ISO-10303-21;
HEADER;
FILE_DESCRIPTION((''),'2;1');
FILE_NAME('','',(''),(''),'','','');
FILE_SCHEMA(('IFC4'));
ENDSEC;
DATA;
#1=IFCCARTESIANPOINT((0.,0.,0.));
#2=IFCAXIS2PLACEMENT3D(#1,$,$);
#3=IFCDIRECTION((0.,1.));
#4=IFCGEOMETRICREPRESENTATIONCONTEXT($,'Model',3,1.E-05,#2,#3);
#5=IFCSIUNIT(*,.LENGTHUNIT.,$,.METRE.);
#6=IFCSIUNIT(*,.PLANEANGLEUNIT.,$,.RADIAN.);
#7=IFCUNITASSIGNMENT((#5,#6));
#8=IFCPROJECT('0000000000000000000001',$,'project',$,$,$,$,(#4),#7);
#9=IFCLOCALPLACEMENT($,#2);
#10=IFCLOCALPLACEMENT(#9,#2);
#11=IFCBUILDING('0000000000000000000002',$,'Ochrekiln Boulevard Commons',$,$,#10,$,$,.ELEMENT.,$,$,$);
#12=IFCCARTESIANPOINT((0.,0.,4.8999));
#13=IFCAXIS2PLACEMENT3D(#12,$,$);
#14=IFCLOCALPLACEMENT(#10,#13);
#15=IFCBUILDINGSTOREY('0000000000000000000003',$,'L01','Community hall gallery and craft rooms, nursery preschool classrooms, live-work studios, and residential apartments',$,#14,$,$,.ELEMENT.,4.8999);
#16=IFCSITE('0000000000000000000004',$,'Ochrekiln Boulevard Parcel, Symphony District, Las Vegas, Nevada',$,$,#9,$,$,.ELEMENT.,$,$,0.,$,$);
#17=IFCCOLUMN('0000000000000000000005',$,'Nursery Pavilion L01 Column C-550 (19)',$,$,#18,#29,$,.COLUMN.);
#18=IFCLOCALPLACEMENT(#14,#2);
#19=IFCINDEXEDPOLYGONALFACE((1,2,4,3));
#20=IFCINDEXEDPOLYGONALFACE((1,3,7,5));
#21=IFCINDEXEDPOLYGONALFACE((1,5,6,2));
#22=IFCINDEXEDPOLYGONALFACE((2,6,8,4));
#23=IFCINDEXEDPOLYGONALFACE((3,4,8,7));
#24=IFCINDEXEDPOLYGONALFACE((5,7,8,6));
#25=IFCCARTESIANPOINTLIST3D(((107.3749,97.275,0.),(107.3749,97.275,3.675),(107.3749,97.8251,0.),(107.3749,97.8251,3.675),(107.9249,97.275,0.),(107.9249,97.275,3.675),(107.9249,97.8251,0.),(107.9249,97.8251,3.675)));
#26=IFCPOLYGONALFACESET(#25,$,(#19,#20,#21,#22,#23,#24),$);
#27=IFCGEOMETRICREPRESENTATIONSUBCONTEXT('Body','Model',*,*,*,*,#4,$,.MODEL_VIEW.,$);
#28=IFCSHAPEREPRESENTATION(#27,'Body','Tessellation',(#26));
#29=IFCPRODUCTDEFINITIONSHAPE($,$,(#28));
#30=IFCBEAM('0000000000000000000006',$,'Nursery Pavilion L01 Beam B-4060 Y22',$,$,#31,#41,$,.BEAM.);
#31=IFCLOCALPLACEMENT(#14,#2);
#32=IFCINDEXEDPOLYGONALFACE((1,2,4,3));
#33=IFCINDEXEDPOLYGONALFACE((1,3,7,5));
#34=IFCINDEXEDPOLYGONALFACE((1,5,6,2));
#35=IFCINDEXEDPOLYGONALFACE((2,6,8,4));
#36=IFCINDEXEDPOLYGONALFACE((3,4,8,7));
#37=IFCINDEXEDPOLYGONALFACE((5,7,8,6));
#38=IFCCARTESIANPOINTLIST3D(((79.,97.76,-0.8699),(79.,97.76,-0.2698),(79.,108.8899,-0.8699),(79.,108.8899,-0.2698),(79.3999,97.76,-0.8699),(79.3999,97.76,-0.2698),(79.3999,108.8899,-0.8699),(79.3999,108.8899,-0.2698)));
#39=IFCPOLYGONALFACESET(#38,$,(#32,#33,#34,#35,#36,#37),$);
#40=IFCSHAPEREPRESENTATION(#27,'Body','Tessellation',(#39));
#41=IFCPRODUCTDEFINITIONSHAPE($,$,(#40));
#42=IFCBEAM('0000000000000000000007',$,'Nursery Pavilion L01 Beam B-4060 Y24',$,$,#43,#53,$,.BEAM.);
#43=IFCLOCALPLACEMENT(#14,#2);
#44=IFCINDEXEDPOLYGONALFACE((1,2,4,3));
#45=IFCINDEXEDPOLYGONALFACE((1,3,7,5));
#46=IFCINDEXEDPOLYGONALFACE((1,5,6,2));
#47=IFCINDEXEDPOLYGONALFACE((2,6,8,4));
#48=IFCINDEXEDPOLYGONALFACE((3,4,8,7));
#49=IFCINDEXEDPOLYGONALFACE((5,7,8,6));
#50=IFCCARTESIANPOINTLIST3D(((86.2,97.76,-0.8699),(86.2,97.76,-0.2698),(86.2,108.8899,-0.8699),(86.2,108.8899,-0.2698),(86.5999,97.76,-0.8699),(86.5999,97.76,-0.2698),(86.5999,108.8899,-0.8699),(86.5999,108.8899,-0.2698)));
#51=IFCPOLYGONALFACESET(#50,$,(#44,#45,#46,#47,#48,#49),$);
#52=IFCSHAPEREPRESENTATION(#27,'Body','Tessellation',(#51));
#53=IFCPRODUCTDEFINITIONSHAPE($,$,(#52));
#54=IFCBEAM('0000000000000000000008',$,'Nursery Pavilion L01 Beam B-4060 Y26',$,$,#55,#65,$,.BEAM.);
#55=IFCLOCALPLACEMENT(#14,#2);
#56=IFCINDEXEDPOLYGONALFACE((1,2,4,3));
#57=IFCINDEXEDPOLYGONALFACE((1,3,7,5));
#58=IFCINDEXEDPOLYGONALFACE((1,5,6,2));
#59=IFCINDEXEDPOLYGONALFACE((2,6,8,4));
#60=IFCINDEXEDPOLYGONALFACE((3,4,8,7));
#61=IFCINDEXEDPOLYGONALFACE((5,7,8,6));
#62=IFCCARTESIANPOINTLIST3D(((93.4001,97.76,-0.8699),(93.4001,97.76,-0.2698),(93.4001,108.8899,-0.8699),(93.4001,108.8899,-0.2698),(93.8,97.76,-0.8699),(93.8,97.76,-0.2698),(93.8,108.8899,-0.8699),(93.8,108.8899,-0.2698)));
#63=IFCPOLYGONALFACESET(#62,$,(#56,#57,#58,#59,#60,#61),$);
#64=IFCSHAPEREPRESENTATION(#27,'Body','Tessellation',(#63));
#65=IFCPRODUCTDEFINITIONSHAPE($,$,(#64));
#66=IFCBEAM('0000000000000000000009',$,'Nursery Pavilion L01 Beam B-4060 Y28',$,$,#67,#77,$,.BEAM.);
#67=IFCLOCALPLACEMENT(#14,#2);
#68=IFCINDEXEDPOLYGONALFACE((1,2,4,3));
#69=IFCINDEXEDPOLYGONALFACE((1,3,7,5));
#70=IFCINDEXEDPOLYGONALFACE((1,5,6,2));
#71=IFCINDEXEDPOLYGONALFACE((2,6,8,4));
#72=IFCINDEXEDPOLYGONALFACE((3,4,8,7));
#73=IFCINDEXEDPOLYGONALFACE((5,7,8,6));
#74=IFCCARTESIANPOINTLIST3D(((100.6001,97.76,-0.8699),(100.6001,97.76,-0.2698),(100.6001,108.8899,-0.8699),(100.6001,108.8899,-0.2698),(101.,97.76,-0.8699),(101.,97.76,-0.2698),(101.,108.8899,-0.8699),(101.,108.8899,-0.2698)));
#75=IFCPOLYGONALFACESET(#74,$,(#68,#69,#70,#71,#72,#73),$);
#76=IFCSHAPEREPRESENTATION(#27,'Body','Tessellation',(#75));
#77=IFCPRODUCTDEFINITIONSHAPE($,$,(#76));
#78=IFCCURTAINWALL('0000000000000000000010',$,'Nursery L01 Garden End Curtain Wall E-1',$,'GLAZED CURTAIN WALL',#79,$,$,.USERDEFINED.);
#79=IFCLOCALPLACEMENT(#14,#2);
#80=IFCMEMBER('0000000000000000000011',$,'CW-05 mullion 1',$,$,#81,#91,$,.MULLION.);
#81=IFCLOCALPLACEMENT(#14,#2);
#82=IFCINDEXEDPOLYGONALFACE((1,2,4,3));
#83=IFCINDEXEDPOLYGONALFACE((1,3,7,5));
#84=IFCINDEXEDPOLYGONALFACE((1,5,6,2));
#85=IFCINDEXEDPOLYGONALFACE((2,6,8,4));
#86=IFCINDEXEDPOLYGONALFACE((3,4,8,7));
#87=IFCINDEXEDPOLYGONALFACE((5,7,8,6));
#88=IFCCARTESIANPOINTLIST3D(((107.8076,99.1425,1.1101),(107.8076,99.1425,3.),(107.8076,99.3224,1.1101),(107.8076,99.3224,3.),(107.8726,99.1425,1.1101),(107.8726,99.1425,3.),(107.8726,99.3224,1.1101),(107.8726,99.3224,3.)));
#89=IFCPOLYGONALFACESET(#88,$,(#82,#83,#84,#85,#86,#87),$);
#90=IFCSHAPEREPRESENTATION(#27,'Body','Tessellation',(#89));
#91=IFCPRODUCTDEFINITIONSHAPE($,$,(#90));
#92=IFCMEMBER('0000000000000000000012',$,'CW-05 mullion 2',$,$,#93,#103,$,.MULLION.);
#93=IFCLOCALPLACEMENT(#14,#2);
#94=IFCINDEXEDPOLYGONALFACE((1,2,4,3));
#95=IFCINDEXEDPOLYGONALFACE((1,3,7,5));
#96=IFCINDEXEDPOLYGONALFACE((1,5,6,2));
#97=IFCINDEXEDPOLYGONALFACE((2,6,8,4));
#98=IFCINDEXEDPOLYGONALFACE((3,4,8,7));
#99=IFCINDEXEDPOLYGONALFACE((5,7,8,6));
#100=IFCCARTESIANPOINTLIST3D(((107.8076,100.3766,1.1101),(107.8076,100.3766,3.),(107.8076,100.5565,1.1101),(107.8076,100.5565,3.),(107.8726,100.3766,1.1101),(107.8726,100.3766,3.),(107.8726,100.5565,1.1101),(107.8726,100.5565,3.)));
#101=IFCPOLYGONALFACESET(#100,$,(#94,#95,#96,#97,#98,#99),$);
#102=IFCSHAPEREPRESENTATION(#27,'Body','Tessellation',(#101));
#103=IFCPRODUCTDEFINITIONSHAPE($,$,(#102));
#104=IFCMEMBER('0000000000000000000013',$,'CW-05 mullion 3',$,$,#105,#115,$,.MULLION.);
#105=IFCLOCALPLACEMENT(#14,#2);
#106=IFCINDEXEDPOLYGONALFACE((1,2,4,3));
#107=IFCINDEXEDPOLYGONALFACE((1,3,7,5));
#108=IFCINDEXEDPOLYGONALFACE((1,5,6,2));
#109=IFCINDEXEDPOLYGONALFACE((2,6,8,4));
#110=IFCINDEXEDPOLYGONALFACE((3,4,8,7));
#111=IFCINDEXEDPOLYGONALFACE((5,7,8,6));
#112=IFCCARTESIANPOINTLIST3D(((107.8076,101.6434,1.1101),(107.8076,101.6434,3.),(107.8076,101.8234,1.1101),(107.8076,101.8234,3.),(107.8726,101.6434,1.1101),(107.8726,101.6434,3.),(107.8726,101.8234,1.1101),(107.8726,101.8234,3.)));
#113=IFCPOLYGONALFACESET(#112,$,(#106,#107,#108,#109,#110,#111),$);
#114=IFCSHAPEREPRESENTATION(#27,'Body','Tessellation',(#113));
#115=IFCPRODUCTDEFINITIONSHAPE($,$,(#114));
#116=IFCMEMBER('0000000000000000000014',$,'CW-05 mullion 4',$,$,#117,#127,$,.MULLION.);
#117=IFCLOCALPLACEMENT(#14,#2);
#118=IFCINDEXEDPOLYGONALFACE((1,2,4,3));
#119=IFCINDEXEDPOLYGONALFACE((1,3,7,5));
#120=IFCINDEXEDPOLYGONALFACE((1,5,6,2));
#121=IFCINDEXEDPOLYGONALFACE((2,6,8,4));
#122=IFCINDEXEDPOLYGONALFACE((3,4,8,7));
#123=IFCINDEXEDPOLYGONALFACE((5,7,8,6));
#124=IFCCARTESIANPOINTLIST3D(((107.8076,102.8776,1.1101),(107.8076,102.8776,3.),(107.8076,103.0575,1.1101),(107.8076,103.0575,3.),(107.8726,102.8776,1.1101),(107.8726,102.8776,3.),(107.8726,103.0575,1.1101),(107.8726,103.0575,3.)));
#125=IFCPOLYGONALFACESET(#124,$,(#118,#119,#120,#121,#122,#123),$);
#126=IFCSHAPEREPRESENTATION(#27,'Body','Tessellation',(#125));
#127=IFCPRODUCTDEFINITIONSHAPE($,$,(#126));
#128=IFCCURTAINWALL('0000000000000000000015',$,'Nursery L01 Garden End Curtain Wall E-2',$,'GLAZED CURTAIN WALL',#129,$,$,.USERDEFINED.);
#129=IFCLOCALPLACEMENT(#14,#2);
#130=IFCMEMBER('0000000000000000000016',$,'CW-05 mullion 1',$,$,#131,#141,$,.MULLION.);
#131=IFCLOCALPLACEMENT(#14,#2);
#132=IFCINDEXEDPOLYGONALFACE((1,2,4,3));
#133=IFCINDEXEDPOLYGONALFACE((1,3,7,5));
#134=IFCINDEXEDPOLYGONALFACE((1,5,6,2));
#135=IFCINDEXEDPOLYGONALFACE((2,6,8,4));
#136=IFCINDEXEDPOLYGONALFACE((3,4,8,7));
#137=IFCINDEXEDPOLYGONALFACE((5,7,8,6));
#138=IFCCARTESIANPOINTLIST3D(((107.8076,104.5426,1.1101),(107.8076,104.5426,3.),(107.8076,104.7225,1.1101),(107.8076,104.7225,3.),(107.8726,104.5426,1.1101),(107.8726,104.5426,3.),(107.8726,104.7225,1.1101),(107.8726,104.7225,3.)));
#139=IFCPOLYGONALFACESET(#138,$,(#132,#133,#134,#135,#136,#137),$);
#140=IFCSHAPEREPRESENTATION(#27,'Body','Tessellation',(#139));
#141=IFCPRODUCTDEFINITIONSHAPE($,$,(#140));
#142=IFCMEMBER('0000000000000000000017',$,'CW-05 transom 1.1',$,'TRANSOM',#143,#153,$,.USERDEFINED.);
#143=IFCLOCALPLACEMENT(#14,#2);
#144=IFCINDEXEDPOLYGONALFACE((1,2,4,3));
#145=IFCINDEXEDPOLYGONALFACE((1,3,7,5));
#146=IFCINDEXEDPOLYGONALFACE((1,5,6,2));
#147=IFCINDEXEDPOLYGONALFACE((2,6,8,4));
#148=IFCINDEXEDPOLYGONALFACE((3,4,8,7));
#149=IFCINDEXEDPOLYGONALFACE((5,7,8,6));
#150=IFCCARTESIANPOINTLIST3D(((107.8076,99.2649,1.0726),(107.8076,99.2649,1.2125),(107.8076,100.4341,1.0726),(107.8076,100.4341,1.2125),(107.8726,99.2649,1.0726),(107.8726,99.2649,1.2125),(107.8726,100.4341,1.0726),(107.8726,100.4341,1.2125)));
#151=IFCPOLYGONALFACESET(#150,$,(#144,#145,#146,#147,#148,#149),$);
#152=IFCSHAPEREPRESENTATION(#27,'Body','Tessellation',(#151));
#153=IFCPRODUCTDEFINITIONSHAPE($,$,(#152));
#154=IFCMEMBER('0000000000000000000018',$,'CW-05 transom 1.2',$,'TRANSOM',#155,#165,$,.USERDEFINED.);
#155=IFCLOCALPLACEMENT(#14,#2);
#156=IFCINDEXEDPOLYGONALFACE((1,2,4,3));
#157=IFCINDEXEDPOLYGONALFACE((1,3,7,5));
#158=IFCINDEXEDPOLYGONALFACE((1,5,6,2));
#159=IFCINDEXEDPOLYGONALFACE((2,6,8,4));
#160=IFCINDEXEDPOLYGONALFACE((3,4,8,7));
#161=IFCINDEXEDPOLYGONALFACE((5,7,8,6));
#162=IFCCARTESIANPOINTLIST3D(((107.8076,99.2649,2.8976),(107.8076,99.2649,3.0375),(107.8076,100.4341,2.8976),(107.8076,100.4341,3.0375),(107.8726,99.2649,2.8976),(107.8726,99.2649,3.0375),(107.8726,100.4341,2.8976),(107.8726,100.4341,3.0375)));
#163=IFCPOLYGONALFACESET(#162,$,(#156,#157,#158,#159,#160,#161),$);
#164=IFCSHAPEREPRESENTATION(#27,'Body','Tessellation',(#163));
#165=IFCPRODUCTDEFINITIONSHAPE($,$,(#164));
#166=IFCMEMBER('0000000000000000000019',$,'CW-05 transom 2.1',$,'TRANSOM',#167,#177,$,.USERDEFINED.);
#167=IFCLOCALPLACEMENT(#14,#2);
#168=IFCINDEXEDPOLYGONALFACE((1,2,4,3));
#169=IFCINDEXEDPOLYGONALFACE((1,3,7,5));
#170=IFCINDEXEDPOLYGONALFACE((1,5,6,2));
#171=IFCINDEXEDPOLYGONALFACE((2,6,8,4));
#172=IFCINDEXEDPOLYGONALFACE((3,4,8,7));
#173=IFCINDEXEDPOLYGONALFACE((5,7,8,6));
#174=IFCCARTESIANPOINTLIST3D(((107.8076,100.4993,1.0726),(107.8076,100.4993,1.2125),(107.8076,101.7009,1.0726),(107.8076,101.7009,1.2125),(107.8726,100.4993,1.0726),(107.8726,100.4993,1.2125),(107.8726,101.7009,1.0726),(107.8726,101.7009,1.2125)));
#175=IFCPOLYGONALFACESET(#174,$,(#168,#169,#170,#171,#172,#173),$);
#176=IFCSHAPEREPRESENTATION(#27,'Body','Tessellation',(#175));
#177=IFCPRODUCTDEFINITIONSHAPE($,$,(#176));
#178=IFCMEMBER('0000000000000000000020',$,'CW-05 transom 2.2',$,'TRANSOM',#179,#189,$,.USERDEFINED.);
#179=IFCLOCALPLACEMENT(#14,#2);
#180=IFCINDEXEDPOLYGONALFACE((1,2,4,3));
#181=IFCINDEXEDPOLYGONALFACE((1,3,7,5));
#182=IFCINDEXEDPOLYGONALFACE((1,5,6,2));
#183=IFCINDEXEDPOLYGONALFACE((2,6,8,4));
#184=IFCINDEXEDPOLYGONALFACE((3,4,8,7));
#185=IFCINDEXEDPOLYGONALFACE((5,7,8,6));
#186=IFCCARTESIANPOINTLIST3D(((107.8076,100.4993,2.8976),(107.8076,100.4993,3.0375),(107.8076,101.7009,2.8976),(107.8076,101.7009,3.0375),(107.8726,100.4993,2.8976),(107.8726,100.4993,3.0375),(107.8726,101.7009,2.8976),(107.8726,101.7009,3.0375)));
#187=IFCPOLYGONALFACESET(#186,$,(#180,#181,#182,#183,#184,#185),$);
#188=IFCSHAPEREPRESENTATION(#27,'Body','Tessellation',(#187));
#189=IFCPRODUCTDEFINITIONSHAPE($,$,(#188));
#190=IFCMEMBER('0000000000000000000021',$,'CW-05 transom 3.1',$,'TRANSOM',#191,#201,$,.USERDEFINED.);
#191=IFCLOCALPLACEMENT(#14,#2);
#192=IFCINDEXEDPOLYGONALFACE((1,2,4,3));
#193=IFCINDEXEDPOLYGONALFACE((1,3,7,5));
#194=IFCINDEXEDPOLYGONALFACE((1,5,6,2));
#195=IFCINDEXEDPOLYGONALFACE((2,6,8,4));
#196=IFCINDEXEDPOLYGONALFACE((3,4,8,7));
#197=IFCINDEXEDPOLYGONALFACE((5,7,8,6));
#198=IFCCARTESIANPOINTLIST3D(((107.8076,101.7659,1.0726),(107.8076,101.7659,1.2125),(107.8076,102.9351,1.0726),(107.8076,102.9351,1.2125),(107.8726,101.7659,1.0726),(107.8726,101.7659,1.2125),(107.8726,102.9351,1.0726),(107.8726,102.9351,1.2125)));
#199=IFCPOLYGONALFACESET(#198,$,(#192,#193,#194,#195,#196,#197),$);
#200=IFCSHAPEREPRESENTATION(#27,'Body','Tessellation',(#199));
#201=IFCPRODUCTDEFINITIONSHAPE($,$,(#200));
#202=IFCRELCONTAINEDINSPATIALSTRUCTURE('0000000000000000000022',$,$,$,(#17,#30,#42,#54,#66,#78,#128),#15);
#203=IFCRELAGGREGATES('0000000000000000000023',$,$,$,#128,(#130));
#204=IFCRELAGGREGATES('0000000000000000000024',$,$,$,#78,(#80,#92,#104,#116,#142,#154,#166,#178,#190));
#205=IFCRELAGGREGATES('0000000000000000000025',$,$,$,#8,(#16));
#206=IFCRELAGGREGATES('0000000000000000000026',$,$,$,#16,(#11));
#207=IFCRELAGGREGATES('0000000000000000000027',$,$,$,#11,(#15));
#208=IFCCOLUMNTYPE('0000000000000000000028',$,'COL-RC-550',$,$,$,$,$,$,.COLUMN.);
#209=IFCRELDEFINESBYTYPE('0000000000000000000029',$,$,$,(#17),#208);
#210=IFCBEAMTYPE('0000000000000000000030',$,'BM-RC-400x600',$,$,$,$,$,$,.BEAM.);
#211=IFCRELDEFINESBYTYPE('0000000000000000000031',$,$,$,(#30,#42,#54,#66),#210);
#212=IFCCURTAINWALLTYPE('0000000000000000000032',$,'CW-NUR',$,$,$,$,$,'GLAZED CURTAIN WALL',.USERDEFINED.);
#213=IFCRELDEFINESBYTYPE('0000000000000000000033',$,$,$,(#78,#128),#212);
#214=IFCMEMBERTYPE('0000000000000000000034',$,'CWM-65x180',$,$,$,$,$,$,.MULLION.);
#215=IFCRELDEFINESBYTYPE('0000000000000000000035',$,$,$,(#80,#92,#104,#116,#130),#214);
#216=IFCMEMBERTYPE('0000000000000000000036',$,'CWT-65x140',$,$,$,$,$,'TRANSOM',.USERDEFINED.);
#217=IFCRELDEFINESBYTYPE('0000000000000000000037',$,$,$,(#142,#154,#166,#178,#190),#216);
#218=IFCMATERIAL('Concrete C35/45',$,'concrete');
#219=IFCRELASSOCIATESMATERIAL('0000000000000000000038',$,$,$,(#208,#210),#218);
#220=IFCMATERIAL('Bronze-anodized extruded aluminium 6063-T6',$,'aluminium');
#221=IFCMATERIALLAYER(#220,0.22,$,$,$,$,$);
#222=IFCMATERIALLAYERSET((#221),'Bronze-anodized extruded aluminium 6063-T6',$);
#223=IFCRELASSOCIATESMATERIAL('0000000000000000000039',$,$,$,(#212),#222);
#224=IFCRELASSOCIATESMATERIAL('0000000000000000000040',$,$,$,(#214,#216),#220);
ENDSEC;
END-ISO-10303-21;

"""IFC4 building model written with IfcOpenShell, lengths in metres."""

from ifc_helpers import new_model, si_unit, direction, frame, origin, origin_2d, place, context, subcontext, project, spatial, rectangle, extrude, material, layer, layer_set, material_profile, profile_set, type_object, element, aggregate, save


model = new_model("IFC4")

# Units and contexts
model_context = context("Model", 3, precision=1e-05, world=origin(), true_north=direction((0.0, 1.0)))
body_context = subcontext(model_context, "Body", "Model", "MODEL_VIEW")
ifc_project = project(units=[si_unit("LENGTHUNIT", "METRE"), si_unit("PLANEANGLEUNIT", "RADIAN")], contexts=[model_context])

# Site, building, storey
site_placement = place(None, origin())
site = spatial("IfcSite", under=ifc_project, at=site_placement, Name="Ochrekiln Boulevard Parcel, Symphony District, Las Vegas, Nevada", CompositionType="ELEMENT", RefElevation=0.0)
building_placement = place(site_placement, origin())
building = spatial("IfcBuilding", under=site, at=building_placement, Name="Ochrekiln Boulevard Commons", CompositionType="ELEMENT")
storey_placement = place(building_placement, frame((0.0, 0.0, 4.8999)))
storey = spatial("IfcBuildingStorey", under=building, at=storey_placement, Name="L01", Description="Community hall gallery and craft rooms, nursery preschool classrooms, live-work studios, and residential apartments", CompositionType="ELEMENT", Elevation=4.8999)

# Column
ifc_material_1 = material(Name="Concrete C35/45", Category="concrete")
ifc_material_profile_1 = material_profile(ifc_material_1, rectangle(XDim=0.55, YDim=0.55, at=origin_2d()), Name="RC-COL-550x550")
ifc_profile_set_1 = profile_set([ifc_material_profile_1], Name="Concrete C35/45")
column_type = type_object("IfcColumnType", Name="COL-RC-550", PredefinedType="COLUMN", material=ifc_profile_set_1)
column_placement = place(storey_placement, frame((107.6499, 97.55, 0.0), z_axis=(0.0, 0.0, 1.0), x_axis=(1.0, 0.0, 0.0)))
element("IfcColumn", 1, at=column_placement, inside=storey, type_object=column_type, Name="Nursery Pavilion L01 Column C-550 (19)", PredefinedType="COLUMN", context=body_context, shape_type="SweptSolid", body=[
    extrude(rectangle(XDim=0.55, YDim=0.55, at=origin_2d()), origin(), (0.0, 0.0, 1.0), 3.675),
])

# Beams
ifc_material_profile_2 = material_profile(ifc_material_1, rectangle(XDim=0.3999, YDim=0.6001, at=origin_2d()), Name="RC-BM-400x600")
ifc_profile_set_2 = profile_set([ifc_material_profile_2], Name="Concrete C35/45")
beam_type_1 = type_object("IfcBeamType", Name="BM-RC-400x600", PredefinedType="BEAM", material=ifc_profile_set_2)
for number, where, z_axis, x_axis, name in (
    (2, (79.2, 97.76, -0.5698), (0.0, 1.0, 0.0), (-1.0, 0.0, 0.0), "Nursery Pavilion L01 Beam B-4060 Y22"),
    (3, (86.3999, 97.76, -0.5698), (0.0, 1.0, 0.0), (-1.0, 0.0, 0.0), "Nursery Pavilion L01 Beam B-4060 Y24"),
    (4, (93.6001, 97.76, -0.5698), (0.0, 1.0, 0.0), (-1.0, 0.0, 0.0), "Nursery Pavilion L01 Beam B-4060 Y26"),
    (5, (100.8, 97.76, -0.5698), (0.0, 1.0, 0.0), (-1.0, 0.0, 0.0), "Nursery Pavilion L01 Beam B-4060 Y28"),
):
    element("IfcBeam", number, at=place(storey_placement, frame(where, z_axis=z_axis, x_axis=x_axis)), inside=storey, type_object=beam_type_1, Name=name, PredefinedType="BEAM", context=body_context, shape_type="SweptSolid", body=[
        extrude(rectangle(XDim=0.3999, YDim=0.6001, at=origin_2d()), origin(), (0.0, 0.0, 1.0), 11.1299),
    ])

# Curtain wall, members
ifc_material_2 = material(Name="Bronze-anodized extruded aluminium 6063-T6", Category="aluminium")
ifc_layer_1 = layer(ifc_material_2, 0.22)
ifc_layer_set_1 = layer_set([ifc_layer_1], Name="Bronze-anodized extruded aluminium 6063-T6")
curtain_wall_type = type_object("IfcCurtainWallType", Name="CW-NUR", ElementType="GLAZED CURTAIN WALL", PredefinedType="USERDEFINED", material=ifc_layer_set_1)
curtain_wall_1_placement = place(storey_placement, origin())
curtain_wall_1 = element("IfcCurtainWall", 6, at=curtain_wall_1_placement, inside=storey, type_object=curtain_wall_type, Name="Nursery L01 Garden End Curtain Wall E-1", ObjectType="GLAZED CURTAIN WALL", PredefinedType="USERDEFINED")
ifc_material_profile_3 = material_profile(ifc_material_2, rectangle(XDim=0.0649, YDim=0.1799, at=origin_2d()), Name="ALU-MUL-65x180")
ifc_profile_set_3 = profile_set([ifc_material_profile_3], Name="Bronze-anodized extruded aluminium 6063-T6")
member_type_1 = type_object("IfcMemberType", Name="CWM-65x180", PredefinedType="MULLION", material=ifc_profile_set_3)
member_1_placement = place(storey_placement, frame((107.8401, 99.2324, 1.1101), z_axis=(0.0, 0.0, 1.0), x_axis=(-1.0, 0.0, 0.0)))
member_1 = element("IfcMember", 7, at=member_1_placement, type_object=member_type_1, Name="CW-05 mullion 1", PredefinedType="MULLION", context=body_context, shape_type="SweptSolid", body=[
    extrude(rectangle(XDim=0.0649, YDim=0.1799, at=origin_2d()), origin(), (0.0, 0.0, 1.0), 1.8899),
])
member_2_placement = place(storey_placement, frame((107.8401, 100.4666, 1.1101), z_axis=(0.0, 0.0, 1.0), x_axis=(-1.0, 0.0, 0.0)))
member_2 = element("IfcMember", 8, at=member_2_placement, type_object=member_type_1, Name="CW-05 mullion 2", PredefinedType="MULLION", context=body_context, shape_type="SweptSolid", body=[
    extrude(rectangle(XDim=0.0649, YDim=0.1799, at=origin_2d()), origin(), (0.0, 0.0, 1.0), 1.8899),
])
member_3_placement = place(storey_placement, frame((107.8401, 101.7334, 1.1101), z_axis=(0.0, 0.0, 1.0), x_axis=(-1.0, 0.0, 0.0)))
member_3 = element("IfcMember", 9, at=member_3_placement, type_object=member_type_1, Name="CW-05 mullion 3", PredefinedType="MULLION", context=body_context, shape_type="SweptSolid", body=[
    extrude(rectangle(XDim=0.0649, YDim=0.1799, at=origin_2d()), origin(), (0.0, 0.0, 1.0), 1.8899),
])
member_4_placement = place(storey_placement, frame((107.8401, 102.9675, 1.1101), z_axis=(0.0, 0.0, 1.0), x_axis=(-1.0, 0.0, 0.0)))
member_4 = element("IfcMember", 10, at=member_4_placement, type_object=member_type_1, Name="CW-05 mullion 4", PredefinedType="MULLION", context=body_context, shape_type="SweptSolid", body=[
    extrude(rectangle(XDim=0.0649, YDim=0.1799, at=origin_2d()), origin(), (0.0, 0.0, 1.0), 1.8899),
])

# Curtain wall, member
curtain_wall_2_placement = place(storey_placement, origin())
curtain_wall_2 = element("IfcCurtainWall", 11, at=curtain_wall_2_placement, inside=storey, type_object=curtain_wall_type, Name="Nursery L01 Garden End Curtain Wall E-2", ObjectType="GLAZED CURTAIN WALL", PredefinedType="USERDEFINED")
member_5_placement = place(storey_placement, frame((107.8401, 104.6326, 1.1101), z_axis=(0.0, 0.0, 1.0), x_axis=(-1.0, 0.0, 0.0)))
member_5 = element("IfcMember", 12, at=member_5_placement, type_object=member_type_1, Name="CW-05 mullion 1", PredefinedType="MULLION", context=body_context, shape_type="SweptSolid", body=[
    extrude(rectangle(XDim=0.0649, YDim=0.1799, at=origin_2d()), origin(), (0.0, 0.0, 1.0), 1.8899),
])

# Members
ifc_material_profile_4 = material_profile(ifc_material_2, rectangle(XDim=0.0649, YDim=0.1399, at=origin_2d()), Name="ALU-TRN-65x140")
ifc_profile_set_4 = profile_set([ifc_material_profile_4], Name="Bronze-anodized extruded aluminium 6063-T6")
member_type_2 = type_object("IfcMemberType", Name="CWT-65x140", ElementType="TRANSOM", PredefinedType="USERDEFINED", material=ifc_profile_set_4)
member_6_placement = place(storey_placement, frame((107.8401, 99.2649, 1.1426), z_axis=(0.0, 1.0, 0.0), x_axis=(-1.0, 0.0, 0.0)))
member_6 = element("IfcMember", 13, at=member_6_placement, type_object=member_type_2, Name="CW-05 transom 1.1", ObjectType="TRANSOM", PredefinedType="USERDEFINED", context=body_context, shape_type="SweptSolid", body=[
    extrude(rectangle(XDim=0.0649, YDim=0.1399, at=origin_2d()), origin(), (0.0, 0.0, 1.0), 1.1692),
])
member_7_placement = place(storey_placement, frame((107.8401, 99.2649, 2.9675), z_axis=(0.0, 1.0, 0.0), x_axis=(-1.0, 0.0, 0.0)))
member_7 = element("IfcMember", 14, at=member_7_placement, type_object=member_type_2, Name="CW-05 transom 1.2", ObjectType="TRANSOM", PredefinedType="USERDEFINED", context=body_context, shape_type="SweptSolid", body=[
    extrude(rectangle(XDim=0.0649, YDim=0.1399, at=origin_2d()), origin(), (0.0, 0.0, 1.0), 1.1692),
])
member_8_placement = place(storey_placement, frame((107.8401, 100.4993, 1.1426), z_axis=(0.0, 1.0, 0.0), x_axis=(-1.0, 0.0, 0.0)))
member_8 = element("IfcMember", 15, at=member_8_placement, type_object=member_type_2, Name="CW-05 transom 2.1", ObjectType="TRANSOM", PredefinedType="USERDEFINED", context=body_context, shape_type="SweptSolid", body=[
    extrude(rectangle(XDim=0.0649, YDim=0.1399, at=origin_2d()), origin(), (0.0, 0.0, 1.0), 1.2017),
])
member_9_placement = place(storey_placement, frame((107.8401, 100.4993, 2.9675), z_axis=(0.0, 1.0, 0.0), x_axis=(-1.0, 0.0, 0.0)))
member_9 = element("IfcMember", 16, at=member_9_placement, type_object=member_type_2, Name="CW-05 transom 2.2", ObjectType="TRANSOM", PredefinedType="USERDEFINED", context=body_context, shape_type="SweptSolid", body=[
    extrude(rectangle(XDim=0.0649, YDim=0.1399, at=origin_2d()), origin(), (0.0, 0.0, 1.0), 1.2017),
])
member_10_placement = place(storey_placement, frame((107.8401, 101.7659, 1.1426), z_axis=(0.0, 1.0, 0.0), x_axis=(-1.0, 0.0, 0.0)))
member_10 = element("IfcMember", 17, at=member_10_placement, type_object=member_type_2, Name="CW-05 transom 3.1", ObjectType="TRANSOM", PredefinedType="USERDEFINED", context=body_context, shape_type="SweptSolid", body=[
    extrude(rectangle(XDim=0.0649, YDim=0.1399, at=origin_2d()), origin(), (0.0, 0.0, 1.0), 1.1692),
])
aggregate(curtain_wall_2, [member_5])

aggregate(curtain_wall_1, [member_1, member_2, member_3, member_4, member_6, member_7, member_8, member_9, member_10])

save(model, "model.ifc")
